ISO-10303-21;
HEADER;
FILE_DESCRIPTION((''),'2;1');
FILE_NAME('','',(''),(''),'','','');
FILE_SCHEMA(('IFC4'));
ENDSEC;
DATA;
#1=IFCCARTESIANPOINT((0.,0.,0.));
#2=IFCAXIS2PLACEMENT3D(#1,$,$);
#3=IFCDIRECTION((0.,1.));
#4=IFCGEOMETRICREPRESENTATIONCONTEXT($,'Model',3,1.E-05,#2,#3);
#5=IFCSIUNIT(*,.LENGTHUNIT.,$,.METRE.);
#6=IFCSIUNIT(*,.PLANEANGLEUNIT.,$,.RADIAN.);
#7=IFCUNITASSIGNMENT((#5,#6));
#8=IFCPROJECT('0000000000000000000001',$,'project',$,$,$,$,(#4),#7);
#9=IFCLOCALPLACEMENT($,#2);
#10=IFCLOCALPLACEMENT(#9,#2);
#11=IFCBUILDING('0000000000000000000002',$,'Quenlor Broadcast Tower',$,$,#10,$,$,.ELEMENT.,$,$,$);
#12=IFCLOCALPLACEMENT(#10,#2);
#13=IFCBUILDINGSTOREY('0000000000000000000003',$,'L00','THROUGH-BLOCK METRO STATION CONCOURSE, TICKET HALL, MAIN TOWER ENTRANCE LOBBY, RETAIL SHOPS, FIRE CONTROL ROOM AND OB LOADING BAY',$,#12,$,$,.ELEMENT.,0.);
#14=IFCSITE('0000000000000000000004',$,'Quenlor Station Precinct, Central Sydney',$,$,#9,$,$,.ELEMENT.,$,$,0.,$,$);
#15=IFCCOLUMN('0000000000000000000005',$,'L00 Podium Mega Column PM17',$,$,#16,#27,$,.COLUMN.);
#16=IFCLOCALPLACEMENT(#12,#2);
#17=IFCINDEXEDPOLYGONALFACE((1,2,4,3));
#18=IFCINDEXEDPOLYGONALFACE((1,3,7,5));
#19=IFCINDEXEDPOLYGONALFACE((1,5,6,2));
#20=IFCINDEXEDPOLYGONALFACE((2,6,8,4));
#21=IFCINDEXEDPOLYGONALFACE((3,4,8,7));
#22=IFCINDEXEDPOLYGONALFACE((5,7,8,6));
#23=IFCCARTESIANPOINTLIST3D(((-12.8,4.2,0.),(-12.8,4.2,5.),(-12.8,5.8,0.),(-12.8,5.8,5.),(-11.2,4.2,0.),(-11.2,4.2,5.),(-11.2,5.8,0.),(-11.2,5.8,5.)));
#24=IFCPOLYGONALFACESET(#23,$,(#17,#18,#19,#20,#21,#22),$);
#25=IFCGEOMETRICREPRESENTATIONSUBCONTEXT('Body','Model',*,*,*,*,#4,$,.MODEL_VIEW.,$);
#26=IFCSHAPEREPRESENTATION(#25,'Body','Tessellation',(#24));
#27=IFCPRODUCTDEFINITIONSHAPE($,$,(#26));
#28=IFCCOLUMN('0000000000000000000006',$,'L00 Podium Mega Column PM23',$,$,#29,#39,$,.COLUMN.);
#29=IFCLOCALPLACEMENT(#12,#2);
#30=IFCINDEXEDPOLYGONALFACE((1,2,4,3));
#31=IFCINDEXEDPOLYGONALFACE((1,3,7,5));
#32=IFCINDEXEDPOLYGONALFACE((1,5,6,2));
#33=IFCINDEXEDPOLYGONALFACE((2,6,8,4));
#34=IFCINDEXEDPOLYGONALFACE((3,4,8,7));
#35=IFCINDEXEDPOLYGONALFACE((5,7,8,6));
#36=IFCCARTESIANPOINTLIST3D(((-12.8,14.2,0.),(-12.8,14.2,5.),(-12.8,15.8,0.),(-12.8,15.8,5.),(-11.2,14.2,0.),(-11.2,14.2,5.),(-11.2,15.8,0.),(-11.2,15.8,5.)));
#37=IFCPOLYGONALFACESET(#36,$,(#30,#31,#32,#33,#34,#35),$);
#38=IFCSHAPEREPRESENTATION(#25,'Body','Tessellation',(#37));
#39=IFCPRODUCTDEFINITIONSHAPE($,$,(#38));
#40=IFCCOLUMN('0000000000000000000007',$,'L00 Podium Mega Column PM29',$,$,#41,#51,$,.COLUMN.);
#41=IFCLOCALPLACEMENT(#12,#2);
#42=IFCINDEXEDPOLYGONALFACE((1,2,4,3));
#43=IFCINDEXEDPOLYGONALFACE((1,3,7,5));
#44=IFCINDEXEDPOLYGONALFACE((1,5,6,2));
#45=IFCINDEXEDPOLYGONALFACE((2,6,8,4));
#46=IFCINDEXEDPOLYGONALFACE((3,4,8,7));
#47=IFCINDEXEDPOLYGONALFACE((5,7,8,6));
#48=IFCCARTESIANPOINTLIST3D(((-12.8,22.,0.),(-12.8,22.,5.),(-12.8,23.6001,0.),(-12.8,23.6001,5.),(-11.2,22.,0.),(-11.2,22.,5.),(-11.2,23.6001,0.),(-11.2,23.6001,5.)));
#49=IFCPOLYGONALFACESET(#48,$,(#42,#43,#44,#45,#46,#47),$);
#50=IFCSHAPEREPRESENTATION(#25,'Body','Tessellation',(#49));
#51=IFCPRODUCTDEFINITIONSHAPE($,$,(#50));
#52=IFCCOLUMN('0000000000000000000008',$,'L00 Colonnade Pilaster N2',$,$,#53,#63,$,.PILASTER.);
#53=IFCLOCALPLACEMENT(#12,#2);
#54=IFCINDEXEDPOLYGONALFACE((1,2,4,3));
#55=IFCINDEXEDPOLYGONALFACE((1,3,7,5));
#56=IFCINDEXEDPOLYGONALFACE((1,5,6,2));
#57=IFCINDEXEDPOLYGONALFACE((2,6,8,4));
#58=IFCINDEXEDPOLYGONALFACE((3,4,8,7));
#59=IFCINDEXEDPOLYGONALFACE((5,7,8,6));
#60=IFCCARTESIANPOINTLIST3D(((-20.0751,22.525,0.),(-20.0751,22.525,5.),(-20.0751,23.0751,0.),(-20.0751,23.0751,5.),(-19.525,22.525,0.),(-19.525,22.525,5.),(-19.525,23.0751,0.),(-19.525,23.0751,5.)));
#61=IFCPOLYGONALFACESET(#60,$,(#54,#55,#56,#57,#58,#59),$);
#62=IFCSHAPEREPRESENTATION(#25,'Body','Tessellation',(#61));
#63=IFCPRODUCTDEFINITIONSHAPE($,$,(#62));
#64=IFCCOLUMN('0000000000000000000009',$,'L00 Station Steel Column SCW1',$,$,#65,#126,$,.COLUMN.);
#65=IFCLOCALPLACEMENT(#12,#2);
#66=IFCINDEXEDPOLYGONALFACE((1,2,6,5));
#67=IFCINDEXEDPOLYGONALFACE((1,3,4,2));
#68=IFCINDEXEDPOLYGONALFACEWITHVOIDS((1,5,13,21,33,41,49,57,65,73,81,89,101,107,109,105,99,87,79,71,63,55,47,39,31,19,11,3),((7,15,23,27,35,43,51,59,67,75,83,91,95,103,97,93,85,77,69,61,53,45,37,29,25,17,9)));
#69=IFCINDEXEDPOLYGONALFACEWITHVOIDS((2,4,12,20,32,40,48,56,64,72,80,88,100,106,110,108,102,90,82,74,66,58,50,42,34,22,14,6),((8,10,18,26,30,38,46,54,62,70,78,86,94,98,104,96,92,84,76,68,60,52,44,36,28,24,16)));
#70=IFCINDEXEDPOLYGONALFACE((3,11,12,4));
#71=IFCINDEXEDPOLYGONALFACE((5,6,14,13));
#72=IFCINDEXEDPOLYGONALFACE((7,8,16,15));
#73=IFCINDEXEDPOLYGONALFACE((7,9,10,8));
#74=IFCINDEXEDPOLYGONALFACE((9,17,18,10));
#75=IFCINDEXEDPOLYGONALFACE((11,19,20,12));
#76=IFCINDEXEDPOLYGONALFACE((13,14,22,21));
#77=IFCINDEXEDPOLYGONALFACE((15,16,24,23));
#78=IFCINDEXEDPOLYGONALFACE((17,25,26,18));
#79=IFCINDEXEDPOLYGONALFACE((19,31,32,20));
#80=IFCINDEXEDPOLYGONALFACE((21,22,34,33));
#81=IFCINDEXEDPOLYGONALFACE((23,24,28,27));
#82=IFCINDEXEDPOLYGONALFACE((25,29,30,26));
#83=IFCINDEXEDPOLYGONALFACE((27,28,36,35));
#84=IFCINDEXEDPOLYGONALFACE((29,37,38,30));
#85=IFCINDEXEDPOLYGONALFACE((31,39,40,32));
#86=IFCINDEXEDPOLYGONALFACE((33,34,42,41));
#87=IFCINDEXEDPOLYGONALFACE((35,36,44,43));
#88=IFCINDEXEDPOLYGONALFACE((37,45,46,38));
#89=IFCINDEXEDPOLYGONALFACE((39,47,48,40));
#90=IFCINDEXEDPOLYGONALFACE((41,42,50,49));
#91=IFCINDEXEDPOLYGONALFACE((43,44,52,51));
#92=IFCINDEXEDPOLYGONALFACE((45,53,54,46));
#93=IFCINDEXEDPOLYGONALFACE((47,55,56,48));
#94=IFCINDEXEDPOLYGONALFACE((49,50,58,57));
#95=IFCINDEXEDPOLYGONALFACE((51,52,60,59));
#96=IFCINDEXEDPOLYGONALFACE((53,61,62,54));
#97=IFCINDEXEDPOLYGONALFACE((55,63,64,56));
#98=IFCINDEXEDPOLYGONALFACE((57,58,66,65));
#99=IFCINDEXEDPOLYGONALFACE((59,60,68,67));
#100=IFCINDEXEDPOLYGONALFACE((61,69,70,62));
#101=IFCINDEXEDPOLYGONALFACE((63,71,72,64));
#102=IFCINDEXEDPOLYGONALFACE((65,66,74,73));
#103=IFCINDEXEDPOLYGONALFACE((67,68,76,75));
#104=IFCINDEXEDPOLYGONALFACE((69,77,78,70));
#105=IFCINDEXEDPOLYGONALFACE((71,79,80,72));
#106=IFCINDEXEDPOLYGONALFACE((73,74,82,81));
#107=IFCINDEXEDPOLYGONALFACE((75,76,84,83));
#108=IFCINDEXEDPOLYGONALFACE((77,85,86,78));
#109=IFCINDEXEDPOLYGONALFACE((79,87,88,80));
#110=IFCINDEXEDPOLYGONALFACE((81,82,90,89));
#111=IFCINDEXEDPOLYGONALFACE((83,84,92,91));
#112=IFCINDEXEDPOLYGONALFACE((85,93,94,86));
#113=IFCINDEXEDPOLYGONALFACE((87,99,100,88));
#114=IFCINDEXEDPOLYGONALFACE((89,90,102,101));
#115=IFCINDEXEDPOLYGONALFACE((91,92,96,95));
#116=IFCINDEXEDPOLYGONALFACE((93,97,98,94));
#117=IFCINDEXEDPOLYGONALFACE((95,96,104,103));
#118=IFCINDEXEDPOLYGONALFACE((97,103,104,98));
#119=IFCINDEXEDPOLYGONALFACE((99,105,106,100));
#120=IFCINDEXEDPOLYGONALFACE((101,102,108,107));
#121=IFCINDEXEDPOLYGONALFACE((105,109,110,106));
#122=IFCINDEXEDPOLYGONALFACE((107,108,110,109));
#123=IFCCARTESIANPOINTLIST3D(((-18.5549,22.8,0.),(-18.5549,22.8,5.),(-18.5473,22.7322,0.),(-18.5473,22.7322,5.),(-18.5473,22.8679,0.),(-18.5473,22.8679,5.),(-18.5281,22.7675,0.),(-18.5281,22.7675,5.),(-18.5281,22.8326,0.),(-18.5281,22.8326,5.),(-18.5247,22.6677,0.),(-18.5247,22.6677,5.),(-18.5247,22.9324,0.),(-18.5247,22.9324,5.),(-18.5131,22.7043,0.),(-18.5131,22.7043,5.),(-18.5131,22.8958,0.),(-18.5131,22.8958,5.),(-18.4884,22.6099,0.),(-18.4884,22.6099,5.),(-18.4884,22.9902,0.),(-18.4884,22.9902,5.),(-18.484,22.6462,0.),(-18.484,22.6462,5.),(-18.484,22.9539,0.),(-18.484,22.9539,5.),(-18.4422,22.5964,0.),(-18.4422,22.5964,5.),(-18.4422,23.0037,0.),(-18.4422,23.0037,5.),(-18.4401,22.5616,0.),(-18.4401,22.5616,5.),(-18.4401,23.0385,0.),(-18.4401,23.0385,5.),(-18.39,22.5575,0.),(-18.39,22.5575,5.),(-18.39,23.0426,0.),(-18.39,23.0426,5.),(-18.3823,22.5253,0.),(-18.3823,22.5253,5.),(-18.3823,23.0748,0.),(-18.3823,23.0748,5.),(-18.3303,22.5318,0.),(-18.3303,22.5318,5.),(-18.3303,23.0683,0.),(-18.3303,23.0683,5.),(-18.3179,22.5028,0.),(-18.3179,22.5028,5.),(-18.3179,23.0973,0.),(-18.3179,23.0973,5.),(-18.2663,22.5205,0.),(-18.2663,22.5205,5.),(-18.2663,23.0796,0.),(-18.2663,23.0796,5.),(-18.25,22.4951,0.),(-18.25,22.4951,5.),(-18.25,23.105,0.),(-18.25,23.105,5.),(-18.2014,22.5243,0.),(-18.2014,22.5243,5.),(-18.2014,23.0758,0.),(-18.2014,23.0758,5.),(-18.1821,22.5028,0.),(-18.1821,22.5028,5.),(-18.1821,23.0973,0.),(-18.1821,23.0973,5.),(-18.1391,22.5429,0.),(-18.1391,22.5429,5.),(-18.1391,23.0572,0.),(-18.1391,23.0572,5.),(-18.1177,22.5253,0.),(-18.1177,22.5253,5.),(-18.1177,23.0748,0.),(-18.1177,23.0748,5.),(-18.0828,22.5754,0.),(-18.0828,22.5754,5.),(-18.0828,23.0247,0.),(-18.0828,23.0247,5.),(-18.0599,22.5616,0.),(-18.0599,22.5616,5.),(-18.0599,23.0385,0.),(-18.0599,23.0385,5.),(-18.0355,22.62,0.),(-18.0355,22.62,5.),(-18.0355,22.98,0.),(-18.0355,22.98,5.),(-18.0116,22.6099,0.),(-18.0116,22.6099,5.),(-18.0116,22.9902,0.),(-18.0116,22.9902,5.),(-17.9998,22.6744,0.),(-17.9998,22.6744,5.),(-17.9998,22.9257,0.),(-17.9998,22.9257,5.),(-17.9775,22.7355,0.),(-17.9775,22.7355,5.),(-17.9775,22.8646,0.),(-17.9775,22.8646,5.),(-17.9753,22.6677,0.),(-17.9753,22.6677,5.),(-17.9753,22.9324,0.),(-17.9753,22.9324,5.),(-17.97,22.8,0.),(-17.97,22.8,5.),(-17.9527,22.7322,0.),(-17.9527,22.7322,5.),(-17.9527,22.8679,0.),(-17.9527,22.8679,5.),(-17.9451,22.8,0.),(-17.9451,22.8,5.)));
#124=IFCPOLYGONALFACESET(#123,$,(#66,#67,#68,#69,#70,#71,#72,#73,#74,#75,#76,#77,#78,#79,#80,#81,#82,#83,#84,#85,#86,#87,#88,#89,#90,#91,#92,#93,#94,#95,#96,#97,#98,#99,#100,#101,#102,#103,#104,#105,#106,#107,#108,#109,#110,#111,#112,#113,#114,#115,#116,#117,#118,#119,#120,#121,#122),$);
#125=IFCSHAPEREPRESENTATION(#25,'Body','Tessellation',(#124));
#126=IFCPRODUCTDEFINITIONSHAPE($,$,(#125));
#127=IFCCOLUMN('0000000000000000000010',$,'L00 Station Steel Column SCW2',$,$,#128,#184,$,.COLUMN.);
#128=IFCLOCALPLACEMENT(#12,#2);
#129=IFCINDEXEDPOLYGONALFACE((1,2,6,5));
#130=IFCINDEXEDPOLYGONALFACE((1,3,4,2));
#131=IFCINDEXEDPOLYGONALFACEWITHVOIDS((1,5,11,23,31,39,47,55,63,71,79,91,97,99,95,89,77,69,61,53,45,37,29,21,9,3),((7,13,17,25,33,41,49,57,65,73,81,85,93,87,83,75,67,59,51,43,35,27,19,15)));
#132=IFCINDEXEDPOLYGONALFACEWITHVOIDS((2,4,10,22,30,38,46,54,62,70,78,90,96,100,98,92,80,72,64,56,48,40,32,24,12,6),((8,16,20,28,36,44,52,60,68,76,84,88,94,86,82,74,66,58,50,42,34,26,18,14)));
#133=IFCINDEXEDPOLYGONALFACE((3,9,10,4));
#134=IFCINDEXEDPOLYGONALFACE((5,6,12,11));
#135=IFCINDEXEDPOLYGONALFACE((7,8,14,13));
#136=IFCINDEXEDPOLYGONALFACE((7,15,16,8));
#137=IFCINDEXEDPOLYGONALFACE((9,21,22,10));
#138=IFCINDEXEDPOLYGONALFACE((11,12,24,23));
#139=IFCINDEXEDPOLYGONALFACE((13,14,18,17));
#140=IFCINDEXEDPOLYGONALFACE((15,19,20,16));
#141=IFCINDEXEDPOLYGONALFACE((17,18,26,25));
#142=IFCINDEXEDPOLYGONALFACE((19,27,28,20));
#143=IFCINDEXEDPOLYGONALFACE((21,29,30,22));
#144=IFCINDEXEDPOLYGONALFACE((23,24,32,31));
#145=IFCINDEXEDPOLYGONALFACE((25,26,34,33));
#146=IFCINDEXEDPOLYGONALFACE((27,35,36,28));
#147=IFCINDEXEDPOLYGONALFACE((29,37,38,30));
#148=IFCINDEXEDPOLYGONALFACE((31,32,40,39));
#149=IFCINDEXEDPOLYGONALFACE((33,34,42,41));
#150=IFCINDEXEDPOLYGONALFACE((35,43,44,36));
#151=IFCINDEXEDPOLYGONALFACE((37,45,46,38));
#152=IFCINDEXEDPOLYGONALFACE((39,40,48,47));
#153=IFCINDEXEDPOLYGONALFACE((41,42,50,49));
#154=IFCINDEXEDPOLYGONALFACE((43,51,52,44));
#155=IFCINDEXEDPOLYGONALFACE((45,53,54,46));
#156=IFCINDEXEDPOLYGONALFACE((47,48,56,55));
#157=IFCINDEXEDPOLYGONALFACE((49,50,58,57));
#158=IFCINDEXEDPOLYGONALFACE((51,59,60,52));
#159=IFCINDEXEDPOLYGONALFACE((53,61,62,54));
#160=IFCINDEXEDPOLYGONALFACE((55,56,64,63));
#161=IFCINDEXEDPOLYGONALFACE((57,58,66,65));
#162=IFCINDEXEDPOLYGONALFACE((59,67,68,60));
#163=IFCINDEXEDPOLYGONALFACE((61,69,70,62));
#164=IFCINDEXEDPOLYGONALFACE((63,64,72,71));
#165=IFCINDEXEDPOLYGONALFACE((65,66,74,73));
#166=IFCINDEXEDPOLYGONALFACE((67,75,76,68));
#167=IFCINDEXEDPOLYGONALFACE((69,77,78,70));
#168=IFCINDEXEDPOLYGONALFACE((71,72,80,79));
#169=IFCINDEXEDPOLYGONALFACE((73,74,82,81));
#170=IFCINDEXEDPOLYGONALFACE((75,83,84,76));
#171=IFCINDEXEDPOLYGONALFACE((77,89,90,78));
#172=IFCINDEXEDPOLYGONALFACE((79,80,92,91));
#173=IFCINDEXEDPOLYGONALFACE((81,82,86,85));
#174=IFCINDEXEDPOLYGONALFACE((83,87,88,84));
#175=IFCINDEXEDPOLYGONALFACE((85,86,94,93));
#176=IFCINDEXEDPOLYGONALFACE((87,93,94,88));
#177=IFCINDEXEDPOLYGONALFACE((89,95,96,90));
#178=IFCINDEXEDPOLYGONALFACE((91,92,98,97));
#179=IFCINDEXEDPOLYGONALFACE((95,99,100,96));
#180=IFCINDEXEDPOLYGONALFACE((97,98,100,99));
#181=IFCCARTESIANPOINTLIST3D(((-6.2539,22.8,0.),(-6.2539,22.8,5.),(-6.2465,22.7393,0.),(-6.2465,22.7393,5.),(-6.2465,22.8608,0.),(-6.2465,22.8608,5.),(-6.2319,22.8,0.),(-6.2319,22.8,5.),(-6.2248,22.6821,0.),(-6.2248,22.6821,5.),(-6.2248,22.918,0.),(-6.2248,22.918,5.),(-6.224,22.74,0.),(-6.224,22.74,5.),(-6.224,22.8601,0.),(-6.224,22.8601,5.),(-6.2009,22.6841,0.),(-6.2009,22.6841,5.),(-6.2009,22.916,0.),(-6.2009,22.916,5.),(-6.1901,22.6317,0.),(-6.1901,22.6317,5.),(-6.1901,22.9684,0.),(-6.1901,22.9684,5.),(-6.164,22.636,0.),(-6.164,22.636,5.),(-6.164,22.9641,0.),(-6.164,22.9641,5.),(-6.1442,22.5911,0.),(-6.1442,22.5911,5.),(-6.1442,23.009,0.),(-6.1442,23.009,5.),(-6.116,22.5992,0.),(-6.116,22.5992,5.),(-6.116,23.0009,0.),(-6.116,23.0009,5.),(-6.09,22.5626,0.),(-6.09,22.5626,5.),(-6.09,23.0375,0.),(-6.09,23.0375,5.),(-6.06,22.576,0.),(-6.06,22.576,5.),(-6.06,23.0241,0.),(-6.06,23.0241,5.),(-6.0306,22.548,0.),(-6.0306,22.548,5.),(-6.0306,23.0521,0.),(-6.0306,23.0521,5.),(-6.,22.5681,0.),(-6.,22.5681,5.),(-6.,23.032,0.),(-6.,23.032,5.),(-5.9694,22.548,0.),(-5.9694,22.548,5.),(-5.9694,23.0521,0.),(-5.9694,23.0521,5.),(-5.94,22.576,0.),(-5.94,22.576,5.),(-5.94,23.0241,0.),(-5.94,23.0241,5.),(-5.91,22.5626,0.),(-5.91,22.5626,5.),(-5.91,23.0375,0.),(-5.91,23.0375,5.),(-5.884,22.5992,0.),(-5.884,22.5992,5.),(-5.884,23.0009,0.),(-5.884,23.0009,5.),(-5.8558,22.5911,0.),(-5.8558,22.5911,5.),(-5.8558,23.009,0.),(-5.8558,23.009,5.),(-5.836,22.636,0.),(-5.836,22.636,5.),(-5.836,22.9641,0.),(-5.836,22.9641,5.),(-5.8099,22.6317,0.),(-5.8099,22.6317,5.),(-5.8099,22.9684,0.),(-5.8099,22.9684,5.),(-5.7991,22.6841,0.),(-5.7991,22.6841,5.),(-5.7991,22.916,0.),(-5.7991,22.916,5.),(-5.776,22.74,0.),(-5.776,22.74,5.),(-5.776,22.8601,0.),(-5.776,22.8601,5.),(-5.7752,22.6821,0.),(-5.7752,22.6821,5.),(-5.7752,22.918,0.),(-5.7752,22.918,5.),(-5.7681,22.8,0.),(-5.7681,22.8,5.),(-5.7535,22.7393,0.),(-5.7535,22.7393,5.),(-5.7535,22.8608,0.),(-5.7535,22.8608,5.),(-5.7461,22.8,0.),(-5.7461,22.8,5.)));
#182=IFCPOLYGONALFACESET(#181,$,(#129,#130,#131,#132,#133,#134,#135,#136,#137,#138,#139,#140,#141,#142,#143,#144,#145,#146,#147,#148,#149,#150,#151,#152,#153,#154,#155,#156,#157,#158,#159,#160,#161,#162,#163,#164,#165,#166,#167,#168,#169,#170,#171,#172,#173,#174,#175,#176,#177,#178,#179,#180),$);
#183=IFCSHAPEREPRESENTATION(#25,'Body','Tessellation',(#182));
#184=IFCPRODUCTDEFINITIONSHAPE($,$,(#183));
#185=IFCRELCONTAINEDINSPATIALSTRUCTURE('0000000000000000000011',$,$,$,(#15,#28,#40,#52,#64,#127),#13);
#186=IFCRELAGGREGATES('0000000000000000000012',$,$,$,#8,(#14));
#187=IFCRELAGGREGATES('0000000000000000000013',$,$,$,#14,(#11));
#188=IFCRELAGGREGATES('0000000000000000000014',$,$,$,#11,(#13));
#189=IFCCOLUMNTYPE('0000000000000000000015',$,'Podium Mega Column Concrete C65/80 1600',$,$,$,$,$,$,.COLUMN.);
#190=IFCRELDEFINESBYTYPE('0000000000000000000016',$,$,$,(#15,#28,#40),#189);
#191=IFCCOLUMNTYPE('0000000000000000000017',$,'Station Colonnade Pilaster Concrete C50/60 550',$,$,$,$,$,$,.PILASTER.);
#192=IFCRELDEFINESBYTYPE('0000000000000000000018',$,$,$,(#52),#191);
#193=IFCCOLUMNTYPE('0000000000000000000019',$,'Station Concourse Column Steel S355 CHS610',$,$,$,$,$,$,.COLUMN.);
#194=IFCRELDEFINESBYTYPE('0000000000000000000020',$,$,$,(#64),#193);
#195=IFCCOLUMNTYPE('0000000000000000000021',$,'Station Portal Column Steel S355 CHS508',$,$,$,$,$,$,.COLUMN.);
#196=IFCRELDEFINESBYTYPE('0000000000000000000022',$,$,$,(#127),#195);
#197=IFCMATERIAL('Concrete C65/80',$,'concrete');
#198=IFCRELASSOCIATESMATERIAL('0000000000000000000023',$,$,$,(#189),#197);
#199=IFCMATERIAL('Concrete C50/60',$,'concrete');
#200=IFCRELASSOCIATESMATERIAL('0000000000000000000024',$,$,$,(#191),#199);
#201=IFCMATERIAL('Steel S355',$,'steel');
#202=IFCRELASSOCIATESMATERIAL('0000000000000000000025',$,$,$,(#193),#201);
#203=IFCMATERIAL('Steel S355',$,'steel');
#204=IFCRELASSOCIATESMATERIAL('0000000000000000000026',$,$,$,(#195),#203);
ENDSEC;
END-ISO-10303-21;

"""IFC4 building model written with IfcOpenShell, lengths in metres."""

from ifc_helpers import new_model, si_unit, direction, frame, origin, origin_2d, place, context, subcontext, project, spatial, rectangle, hollow_circle, extrude, material, material_profile, profile_set, type_object, element, save


model = new_model("IFC4")

# Units and contexts
model_context = context("Model", 3, precision=1e-05, world=origin(), true_north=direction((0.0, 1.0)))
body_context = subcontext(model_context, "Body", "Model", "MODEL_VIEW")
ifc_project = project(units=[si_unit("LENGTHUNIT", "METRE"), si_unit("PLANEANGLEUNIT", "RADIAN")], contexts=[model_context])

# Site, building, storey
site_placement = place(None, origin())
site = spatial("IfcSite", under=ifc_project, at=site_placement, Name="Quenlor Station Precinct, Central Sydney", CompositionType="ELEMENT", RefElevation=0.0)
building_placement = place(site_placement, origin())
building = spatial("IfcBuilding", under=site, at=building_placement, Name="Quenlor Broadcast Tower", CompositionType="ELEMENT")
storey_placement = place(building_placement, origin())
storey = spatial("IfcBuildingStorey", under=building, at=storey_placement, Name="L00", Description="THROUGH-BLOCK METRO STATION CONCOURSE, TICKET HALL, MAIN TOWER ENTRANCE LOBBY, RETAIL SHOPS, FIRE CONTROL ROOM AND OB LOADING BAY", CompositionType="ELEMENT", Elevation=0.0)

# Columns
ifc_material_1 = material(Name="Concrete C65/80", Category="concrete")
ifc_material_profile_1 = material_profile(ifc_material_1, rectangle(XDim=1.6001, YDim=1.6001, at=origin_2d()))
ifc_profile_set_1 = profile_set([ifc_material_profile_1], Name="Concrete C65/80 RC1600x1600")
column_type_1 = type_object("IfcColumnType", Name="Podium Mega Column Concrete C65/80 1600", PredefinedType="COLUMN", material=ifc_profile_set_1)
for number, where, z_axis, x_axis, name in (
    (1, (-12.0, 5.0, 0.0), (0.0, 0.0, 1.0), (1.0, 0.0, 0.0), "L00 Podium Mega Column PM17"),
    (2, (-12.0, 15.0, 0.0), (0.0, 0.0, 1.0), (1.0, 0.0, 0.0), "L00 Podium Mega Column PM23"),
    (3, (-12.0, 22.8, 0.0), (0.0, 0.0, 1.0), (1.0, 0.0, 0.0), "L00 Podium Mega Column PM29"),
):
    element("IfcColumn", number, at=place(storey_placement, frame(where, z_axis=z_axis, x_axis=x_axis)), inside=storey, type_object=column_type_1, Name=name, PredefinedType="COLUMN", context=body_context, shape_type="SweptSolid", body=[
        extrude(rectangle(XDim=1.6001, YDim=1.6001, at=origin_2d()), origin(), (0.0, 0.0, 1.0), 5.0),
    ])
ifc_material_2 = material(Name="Concrete C50/60", Category="concrete")
ifc_material_profile_2 = material_profile(ifc_material_2, rectangle(XDim=0.55, YDim=0.55, at=origin_2d()))
ifc_profile_set_2 = profile_set([ifc_material_profile_2], Name="Concrete C50/60 PIL550x550")
column_type_2 = type_object("IfcColumnType", Name="Station Colonnade Pilaster Concrete C50/60 550", PredefinedType="PILASTER", material=ifc_profile_set_2)
column_1_placement = place(storey_placement, frame((-19.8, 22.8, 0.0), z_axis=(0.0, 0.0, 1.0), x_axis=(1.0, 0.0, 0.0)))
element("IfcColumn", 4, at=column_1_placement, inside=storey, type_object=column_type_2, Name="L00 Colonnade Pilaster N2", PredefinedType="PILASTER", context=body_context, shape_type="SweptSolid", body=[
    extrude(rectangle(XDim=0.55, YDim=0.55, at=origin_2d()), origin(), (0.0, 0.0, 1.0), 5.0),
])
ifc_material_3 = material(Name="Steel S355", Category="steel")
ifc_material_profile_3 = material_profile(ifc_material_3, hollow_circle(Radius=0.3049, WallThickness=0.0249, at=origin_2d()))
ifc_profile_set_3 = profile_set([ifc_material_profile_3], Name="Steel S355 CHS610x25")
column_type_3 = type_object("IfcColumnType", Name="Station Concourse Column Steel S355 CHS610", PredefinedType="COLUMN", material=ifc_profile_set_3)
column_2_placement = place(storey_placement, frame((-18.25, 22.8, 0.0), z_axis=(0.0, 0.0, 1.0), x_axis=(1.0, 0.0, 0.0)))
element("IfcColumn", 5, at=column_2_placement, inside=storey, type_object=column_type_3, Name="L00 Station Steel Column SCW1", PredefinedType="COLUMN", context=body_context, shape_type="SweptSolid", body=[
    extrude(hollow_circle(Radius=0.3049, WallThickness=0.0249, at=origin_2d()), origin(), (0.0, 0.0, 1.0), 5.0),
])
ifc_material_4 = material(Name="Steel S355", Category="steel")
ifc_material_profile_4 = material_profile(ifc_material_4, hollow_circle(Radius=0.2539, WallThickness=0.022, at=origin_2d()))
ifc_profile_set_4 = profile_set([ifc_material_profile_4], Name="Steel S355 CHS508x22")
column_type_4 = type_object("IfcColumnType", Name="Station Portal Column Steel S355 CHS508", PredefinedType="COLUMN", material=ifc_profile_set_4)
column_3_placement = place(storey_placement, frame((-6.0, 22.8, 0.0), z_axis=(0.0, 0.0, 1.0), x_axis=(1.0, 0.0, 0.0)))
element("IfcColumn", 6, at=column_3_placement, inside=storey, type_object=column_type_4, Name="L00 Station Steel Column SCW2", PredefinedType="COLUMN", context=body_context, shape_type="SweptSolid", body=[
    extrude(hollow_circle(Radius=0.2539, WallThickness=0.022, at=origin_2d()), origin(), (0.0, 0.0, 1.0), 5.0),
])

save(model, "model.ifc")
